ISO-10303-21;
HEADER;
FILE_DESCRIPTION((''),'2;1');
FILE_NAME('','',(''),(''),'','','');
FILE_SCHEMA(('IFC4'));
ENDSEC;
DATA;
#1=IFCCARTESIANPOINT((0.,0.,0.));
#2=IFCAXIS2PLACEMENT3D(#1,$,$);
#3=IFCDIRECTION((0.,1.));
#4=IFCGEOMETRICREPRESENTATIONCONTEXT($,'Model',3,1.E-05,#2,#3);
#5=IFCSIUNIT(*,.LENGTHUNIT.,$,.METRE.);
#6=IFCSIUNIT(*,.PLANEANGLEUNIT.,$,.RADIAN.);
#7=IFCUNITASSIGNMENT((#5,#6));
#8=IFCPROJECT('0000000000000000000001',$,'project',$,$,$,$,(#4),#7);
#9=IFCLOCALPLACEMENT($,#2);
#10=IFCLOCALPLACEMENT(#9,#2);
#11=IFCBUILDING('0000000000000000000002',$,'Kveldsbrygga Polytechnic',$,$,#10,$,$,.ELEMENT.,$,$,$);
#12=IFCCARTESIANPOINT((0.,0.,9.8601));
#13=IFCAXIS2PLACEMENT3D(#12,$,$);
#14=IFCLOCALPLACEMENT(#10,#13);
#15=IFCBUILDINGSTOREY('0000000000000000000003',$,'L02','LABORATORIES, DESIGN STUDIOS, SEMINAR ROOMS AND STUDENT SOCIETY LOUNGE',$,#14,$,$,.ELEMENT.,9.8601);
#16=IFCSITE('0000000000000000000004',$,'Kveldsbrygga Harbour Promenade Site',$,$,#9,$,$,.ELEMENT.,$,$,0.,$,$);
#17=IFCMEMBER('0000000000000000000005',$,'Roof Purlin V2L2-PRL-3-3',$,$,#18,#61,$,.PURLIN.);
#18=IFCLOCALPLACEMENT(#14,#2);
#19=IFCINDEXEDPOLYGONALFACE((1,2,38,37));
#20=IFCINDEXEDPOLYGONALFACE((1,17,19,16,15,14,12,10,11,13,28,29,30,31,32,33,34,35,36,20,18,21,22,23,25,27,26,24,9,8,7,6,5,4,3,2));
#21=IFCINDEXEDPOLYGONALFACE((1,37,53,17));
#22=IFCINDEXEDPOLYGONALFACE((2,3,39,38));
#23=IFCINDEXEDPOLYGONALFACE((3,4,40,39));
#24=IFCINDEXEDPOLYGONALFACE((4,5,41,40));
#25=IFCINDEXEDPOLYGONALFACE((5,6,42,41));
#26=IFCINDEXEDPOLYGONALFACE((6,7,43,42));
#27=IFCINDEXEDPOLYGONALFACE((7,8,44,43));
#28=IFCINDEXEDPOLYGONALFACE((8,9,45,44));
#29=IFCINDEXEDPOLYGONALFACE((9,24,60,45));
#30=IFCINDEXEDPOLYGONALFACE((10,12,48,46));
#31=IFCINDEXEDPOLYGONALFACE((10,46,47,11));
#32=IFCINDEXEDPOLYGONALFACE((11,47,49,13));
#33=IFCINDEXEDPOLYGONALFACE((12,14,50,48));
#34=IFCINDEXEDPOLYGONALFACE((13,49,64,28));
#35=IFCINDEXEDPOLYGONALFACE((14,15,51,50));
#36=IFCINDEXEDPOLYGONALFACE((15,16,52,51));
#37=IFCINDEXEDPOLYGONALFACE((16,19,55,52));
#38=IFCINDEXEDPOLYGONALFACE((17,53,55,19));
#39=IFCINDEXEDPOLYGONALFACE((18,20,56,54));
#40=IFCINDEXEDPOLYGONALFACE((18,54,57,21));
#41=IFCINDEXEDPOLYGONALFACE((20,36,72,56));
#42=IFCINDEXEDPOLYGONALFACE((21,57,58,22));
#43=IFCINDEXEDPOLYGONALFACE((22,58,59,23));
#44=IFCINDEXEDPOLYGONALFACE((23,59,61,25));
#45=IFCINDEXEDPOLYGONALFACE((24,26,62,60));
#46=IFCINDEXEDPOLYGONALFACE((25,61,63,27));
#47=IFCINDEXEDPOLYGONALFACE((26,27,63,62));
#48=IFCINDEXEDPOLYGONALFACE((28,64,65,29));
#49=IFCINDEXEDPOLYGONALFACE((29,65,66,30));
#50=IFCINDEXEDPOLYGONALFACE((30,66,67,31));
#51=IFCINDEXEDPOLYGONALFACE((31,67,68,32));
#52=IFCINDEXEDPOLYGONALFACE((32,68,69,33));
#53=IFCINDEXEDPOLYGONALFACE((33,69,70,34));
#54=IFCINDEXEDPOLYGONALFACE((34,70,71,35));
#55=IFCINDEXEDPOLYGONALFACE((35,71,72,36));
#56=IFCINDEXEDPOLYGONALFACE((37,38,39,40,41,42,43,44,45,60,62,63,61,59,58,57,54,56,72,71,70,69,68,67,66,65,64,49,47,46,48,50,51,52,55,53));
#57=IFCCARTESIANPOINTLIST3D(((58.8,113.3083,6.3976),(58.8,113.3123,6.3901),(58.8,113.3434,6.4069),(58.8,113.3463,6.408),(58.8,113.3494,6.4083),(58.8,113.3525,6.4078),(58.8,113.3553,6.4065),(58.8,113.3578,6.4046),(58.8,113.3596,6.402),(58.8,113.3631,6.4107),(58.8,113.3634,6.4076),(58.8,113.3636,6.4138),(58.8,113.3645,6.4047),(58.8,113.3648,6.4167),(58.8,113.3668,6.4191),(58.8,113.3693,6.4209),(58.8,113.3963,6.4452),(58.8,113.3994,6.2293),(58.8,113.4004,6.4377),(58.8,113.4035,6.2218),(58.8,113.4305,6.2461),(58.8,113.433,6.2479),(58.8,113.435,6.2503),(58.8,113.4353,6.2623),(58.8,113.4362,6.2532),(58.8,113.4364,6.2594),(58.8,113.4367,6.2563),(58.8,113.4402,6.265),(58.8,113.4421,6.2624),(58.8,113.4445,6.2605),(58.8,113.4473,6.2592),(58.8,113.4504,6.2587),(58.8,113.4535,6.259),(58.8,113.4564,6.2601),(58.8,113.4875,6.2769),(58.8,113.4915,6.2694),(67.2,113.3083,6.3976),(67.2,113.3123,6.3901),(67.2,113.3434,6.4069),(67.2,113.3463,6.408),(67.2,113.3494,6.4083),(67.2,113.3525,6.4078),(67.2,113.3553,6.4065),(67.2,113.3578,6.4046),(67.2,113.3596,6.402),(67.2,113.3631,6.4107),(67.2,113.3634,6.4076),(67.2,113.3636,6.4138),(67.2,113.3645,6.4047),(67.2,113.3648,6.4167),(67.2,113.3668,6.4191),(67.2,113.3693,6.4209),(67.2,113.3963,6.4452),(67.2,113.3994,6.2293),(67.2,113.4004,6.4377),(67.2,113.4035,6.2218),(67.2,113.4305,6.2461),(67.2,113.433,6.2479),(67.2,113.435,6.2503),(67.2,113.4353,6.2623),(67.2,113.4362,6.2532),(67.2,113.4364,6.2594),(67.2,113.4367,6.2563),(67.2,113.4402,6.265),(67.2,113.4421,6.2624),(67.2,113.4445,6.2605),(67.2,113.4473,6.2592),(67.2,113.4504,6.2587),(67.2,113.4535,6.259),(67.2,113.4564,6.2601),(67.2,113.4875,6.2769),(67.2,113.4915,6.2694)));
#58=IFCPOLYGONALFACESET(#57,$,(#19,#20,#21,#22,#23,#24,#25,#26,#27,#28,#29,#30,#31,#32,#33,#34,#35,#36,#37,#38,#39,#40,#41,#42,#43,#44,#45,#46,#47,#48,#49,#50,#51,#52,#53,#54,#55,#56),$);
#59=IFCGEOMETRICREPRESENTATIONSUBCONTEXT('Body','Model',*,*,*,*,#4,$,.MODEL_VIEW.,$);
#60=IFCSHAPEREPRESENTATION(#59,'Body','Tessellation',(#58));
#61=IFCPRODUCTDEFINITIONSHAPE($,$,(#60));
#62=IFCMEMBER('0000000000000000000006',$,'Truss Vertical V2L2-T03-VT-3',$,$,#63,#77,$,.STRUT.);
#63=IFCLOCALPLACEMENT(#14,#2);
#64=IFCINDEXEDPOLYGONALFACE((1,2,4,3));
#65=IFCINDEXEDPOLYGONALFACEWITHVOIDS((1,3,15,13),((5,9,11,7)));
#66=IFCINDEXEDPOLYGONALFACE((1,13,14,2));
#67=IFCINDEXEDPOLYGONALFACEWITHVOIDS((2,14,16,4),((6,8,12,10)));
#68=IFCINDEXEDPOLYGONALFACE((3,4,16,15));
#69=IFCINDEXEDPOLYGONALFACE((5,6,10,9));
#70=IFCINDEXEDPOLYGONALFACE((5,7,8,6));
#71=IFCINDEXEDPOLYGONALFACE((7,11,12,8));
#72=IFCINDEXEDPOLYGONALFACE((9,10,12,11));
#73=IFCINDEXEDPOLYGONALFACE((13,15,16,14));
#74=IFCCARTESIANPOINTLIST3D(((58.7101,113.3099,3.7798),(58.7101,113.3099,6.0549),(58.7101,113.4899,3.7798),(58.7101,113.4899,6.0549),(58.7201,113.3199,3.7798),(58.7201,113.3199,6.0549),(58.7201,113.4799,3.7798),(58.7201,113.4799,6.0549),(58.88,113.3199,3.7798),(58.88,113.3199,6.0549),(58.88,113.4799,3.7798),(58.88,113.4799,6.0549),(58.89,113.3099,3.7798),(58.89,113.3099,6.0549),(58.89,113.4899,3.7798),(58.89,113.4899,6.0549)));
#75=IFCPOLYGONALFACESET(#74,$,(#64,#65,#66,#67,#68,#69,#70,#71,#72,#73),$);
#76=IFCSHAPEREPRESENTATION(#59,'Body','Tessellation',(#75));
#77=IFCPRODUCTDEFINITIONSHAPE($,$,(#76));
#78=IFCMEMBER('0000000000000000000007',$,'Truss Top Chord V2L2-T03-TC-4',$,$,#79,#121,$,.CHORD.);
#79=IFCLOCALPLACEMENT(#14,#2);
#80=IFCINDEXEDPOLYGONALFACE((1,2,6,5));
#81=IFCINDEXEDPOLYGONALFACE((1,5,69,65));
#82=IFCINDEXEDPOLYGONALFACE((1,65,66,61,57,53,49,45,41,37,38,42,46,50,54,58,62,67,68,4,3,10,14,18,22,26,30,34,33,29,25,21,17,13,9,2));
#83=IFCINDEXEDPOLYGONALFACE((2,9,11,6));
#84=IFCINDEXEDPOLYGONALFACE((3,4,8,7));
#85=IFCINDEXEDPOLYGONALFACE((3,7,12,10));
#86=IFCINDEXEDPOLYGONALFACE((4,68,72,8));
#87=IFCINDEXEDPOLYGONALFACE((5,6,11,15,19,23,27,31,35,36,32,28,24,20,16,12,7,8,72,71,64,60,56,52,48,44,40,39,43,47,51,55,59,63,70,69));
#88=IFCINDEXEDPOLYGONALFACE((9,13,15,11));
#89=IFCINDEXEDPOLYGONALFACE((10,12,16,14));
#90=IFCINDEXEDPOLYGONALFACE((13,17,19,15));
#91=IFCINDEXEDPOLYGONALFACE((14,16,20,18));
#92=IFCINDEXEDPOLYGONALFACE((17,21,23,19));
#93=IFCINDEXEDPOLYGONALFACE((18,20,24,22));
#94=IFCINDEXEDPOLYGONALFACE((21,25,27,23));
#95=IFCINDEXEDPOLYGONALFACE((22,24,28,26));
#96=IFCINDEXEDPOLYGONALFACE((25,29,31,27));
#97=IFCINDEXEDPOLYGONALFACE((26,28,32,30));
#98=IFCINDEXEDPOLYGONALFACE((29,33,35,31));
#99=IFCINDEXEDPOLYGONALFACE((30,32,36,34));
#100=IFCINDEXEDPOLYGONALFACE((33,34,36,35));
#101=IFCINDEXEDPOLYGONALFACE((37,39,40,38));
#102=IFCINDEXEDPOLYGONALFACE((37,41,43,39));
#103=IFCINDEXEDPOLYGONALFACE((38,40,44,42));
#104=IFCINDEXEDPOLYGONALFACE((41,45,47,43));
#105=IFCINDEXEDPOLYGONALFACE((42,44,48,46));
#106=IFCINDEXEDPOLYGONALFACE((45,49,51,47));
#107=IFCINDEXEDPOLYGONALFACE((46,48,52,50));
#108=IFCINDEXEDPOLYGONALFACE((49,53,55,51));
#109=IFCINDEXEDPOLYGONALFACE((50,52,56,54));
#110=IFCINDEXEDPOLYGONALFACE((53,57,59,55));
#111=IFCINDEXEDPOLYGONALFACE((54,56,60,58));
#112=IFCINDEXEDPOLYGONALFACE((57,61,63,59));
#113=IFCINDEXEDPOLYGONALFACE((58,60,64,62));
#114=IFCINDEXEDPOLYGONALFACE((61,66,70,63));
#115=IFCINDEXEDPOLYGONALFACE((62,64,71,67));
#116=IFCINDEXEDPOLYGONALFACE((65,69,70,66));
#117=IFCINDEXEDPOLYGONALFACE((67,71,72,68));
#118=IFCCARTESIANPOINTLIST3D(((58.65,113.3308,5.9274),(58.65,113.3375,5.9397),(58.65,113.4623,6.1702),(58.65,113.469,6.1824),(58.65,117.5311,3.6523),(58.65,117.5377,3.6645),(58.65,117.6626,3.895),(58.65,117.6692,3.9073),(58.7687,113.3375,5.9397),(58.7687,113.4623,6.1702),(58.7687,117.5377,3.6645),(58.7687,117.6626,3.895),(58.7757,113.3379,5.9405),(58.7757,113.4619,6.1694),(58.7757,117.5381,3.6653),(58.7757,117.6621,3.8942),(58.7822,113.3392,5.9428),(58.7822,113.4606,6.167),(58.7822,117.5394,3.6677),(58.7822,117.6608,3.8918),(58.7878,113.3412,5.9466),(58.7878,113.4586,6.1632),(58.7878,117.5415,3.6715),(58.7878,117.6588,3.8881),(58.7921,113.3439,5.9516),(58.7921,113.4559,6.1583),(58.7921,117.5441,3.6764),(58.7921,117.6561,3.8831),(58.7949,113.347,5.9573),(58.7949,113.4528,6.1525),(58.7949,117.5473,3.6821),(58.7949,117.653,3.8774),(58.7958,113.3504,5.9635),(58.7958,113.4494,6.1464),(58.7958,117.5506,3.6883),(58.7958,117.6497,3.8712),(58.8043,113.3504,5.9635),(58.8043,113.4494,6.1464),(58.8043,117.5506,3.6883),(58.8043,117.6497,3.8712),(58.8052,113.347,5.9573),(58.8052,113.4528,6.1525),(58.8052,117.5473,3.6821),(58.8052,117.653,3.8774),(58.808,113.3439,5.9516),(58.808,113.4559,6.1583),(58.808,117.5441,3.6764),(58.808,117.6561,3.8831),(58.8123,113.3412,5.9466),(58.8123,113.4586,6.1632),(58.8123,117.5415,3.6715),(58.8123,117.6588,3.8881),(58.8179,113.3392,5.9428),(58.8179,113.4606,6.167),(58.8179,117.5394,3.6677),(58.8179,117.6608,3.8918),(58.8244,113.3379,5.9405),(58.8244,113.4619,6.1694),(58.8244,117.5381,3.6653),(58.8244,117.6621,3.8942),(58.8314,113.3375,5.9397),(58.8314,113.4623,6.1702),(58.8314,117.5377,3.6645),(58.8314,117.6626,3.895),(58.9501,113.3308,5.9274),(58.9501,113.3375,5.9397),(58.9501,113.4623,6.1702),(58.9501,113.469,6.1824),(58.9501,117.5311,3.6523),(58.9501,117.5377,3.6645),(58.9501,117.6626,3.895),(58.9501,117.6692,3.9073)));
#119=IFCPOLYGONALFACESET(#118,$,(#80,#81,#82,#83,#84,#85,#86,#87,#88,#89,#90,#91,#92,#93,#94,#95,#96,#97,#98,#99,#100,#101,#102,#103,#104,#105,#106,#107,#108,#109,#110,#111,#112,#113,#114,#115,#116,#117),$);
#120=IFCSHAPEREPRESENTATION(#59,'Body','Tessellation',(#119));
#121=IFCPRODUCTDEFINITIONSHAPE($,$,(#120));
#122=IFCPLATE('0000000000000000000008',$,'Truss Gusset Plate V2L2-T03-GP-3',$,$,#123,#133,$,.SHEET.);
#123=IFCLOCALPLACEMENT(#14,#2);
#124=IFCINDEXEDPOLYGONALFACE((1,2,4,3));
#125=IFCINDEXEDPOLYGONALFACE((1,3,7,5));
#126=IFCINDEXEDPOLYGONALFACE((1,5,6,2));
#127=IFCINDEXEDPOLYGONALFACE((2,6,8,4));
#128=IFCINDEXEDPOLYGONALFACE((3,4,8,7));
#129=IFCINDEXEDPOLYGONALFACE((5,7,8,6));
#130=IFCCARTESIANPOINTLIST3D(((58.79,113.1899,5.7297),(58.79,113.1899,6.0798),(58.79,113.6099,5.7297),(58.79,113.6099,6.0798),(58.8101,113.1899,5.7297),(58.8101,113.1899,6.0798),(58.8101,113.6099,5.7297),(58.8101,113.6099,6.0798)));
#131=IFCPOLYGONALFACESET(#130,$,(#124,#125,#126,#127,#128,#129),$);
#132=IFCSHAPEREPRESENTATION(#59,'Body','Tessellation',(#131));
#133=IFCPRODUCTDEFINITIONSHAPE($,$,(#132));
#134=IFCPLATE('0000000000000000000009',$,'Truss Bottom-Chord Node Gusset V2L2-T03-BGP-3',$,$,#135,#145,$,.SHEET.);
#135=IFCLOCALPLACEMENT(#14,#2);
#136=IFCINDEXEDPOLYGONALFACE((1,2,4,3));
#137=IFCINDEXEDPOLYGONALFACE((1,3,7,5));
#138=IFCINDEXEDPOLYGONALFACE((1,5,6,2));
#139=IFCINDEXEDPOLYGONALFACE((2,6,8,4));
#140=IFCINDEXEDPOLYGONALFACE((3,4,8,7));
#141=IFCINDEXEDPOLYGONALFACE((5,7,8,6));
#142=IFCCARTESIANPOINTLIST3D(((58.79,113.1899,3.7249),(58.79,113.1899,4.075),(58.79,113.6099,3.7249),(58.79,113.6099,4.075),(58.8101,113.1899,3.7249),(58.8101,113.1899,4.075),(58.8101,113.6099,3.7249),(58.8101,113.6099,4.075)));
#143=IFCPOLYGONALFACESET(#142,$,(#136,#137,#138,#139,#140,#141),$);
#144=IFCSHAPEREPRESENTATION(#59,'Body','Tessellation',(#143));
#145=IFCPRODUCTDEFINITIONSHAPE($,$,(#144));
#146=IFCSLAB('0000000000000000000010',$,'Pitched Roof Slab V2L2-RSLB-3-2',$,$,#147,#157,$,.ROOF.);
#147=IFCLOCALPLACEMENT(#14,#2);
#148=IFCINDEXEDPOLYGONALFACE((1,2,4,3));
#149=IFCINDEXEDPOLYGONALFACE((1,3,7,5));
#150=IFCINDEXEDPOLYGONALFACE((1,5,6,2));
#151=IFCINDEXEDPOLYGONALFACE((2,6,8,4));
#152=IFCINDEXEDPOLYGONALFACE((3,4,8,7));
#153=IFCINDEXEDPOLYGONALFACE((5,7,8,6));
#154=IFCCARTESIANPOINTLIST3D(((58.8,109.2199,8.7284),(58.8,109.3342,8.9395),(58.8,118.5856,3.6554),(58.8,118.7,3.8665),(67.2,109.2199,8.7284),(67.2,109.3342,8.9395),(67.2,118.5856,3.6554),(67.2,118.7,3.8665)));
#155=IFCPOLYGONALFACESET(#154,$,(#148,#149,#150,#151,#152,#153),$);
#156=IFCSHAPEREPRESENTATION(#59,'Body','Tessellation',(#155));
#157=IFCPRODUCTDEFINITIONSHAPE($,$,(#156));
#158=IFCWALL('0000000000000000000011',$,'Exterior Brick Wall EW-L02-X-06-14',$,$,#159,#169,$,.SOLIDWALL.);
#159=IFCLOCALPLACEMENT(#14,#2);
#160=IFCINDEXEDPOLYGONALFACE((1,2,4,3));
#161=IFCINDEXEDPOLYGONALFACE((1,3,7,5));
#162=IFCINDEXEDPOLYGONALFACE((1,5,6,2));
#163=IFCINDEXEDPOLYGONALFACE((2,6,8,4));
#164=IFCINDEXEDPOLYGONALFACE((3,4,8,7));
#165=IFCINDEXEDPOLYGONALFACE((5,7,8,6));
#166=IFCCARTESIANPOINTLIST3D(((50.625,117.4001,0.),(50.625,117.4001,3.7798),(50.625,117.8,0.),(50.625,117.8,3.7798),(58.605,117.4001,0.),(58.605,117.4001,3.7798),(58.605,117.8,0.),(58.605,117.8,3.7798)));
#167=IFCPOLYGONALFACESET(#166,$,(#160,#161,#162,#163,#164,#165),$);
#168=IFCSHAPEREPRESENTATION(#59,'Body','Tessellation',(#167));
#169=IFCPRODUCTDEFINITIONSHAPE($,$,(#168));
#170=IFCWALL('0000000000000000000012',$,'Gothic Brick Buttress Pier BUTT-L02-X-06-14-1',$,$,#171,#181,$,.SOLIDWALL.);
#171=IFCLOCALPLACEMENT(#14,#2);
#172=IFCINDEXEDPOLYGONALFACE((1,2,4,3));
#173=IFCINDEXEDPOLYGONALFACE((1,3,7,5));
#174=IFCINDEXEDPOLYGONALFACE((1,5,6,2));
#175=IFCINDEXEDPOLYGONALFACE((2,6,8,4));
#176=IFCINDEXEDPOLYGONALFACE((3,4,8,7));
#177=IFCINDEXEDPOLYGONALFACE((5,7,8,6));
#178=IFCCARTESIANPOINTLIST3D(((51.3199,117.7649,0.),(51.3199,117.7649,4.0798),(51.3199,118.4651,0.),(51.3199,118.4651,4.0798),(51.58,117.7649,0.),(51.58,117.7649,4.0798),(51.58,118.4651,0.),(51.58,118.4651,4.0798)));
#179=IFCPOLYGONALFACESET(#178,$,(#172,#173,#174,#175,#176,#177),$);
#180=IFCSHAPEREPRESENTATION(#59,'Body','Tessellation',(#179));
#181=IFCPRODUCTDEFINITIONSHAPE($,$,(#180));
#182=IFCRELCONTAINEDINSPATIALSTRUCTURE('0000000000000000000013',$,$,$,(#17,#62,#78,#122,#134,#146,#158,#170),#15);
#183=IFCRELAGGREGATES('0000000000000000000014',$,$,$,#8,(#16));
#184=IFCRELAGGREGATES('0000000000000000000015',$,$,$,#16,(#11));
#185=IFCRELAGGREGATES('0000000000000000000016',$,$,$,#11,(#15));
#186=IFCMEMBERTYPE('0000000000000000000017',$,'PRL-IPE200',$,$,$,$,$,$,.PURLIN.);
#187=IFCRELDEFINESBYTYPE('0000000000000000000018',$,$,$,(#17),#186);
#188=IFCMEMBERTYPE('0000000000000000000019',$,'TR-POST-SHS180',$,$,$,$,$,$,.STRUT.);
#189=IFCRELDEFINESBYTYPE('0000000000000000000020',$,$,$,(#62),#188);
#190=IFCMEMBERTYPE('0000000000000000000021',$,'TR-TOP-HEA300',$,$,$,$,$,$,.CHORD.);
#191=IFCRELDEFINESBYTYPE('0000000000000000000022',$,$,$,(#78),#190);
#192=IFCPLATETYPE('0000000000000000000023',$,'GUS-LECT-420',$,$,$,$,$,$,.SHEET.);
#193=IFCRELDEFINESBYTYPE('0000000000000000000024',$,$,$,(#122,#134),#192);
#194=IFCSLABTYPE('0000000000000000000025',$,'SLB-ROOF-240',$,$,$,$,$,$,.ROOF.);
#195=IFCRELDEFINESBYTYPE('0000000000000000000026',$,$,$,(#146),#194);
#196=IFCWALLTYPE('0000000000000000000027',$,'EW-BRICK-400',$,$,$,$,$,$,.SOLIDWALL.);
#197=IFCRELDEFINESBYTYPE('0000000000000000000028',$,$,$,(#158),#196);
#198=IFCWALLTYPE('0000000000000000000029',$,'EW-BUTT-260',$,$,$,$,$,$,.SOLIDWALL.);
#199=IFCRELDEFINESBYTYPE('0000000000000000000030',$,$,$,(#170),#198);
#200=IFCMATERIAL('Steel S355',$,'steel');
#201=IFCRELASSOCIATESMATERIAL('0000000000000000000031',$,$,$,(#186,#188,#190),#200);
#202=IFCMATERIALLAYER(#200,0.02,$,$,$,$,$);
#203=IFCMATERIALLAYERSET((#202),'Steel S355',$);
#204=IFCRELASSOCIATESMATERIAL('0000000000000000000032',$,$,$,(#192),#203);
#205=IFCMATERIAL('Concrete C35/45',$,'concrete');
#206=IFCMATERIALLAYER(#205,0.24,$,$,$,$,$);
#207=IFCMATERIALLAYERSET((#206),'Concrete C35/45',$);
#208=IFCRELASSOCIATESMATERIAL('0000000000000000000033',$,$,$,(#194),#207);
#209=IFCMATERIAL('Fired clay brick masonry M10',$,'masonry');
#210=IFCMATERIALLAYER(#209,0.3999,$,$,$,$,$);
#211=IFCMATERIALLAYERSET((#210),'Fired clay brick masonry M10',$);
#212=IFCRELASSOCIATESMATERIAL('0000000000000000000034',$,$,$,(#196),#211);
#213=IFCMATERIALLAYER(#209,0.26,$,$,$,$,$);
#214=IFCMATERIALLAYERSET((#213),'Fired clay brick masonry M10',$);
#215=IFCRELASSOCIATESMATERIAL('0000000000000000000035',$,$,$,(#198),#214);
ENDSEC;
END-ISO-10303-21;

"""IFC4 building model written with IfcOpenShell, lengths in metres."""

from ifc_helpers import new_model, si_unit, direction, frame, frame_2d, origin, origin_2d, place, context, subcontext, project, spatial, polyline, rectangle, hollow_rectangle, i_section, outline, extrude, material, layer, layer_set, material_profile, profile_set, type_object, element, save


model = new_model("IFC4")

# Units and contexts
model_context = context("Model", 3, precision=1e-05, world=origin(), true_north=direction((0.0, 1.0)))
body_context = subcontext(model_context, "Body", "Model", "MODEL_VIEW")
ifc_project = project(units=[si_unit("LENGTHUNIT", "METRE"), si_unit("PLANEANGLEUNIT", "RADIAN")], contexts=[model_context])

# Site, building, storey
site_placement = place(None, origin())
site = spatial("IfcSite", under=ifc_project, at=site_placement, Name="Kveldsbrygga Harbour Promenade Site", CompositionType="ELEMENT", RefElevation=0.0)
building_placement = place(site_placement, origin())
building = spatial("IfcBuilding", under=site, at=building_placement, Name="Kveldsbrygga Polytechnic", CompositionType="ELEMENT")
storey_placement = place(building_placement, frame((0.0, 0.0, 9.8601)))
storey = spatial("IfcBuildingStorey", under=building, at=storey_placement, Name="L02", Description="LABORATORIES, DESIGN STUDIOS, SEMINAR ROOMS AND STUDENT SOCIETY LOUNGE", CompositionType="ELEMENT", Elevation=9.8601)

# Members
ifc_material_1 = material(Name="Steel S355", Category="steel")
ifc_material_profile_1 = material_profile(ifc_material_1, i_section(OverallWidth=0.1001, OverallDepth=0.2, WebThickness=0.0056, FlangeThickness=0.0085, FilletRadius=0.012, at=origin_2d()), Name="IPE 200")
ifc_profile_set_1 = profile_set([ifc_material_profile_1], Name="Steel S355")
member_type_1 = type_object("IfcMemberType", Name="PRL-IPE200", PredefinedType="PURLIN", material=ifc_profile_set_1)
member_1_placement = place(storey_placement, frame((58.8, 113.3999, 6.3335), z_axis=(1.0, 0.0, 0.0), x_axis=(0.0, 0.879292, 0.476283)))
element("IfcMember", 1, at=member_1_placement, inside=storey, type_object=member_type_1, Name="Roof Purlin V2L2-PRL-3-3", PredefinedType="PURLIN", context=body_context, shape_type="SweptSolid", body=[
    extrude(i_section(OverallWidth=0.1001, OverallDepth=0.2, WebThickness=0.0056, FlangeThickness=0.0085, FilletRadius=0.012, at=origin_2d()), origin(), (0.0, 0.0, 1.0), 8.3999),
])
ifc_material_profile_2 = material_profile(ifc_material_1, hollow_rectangle(XDim=0.1799, YDim=0.1799, WallThickness=0.01, at=origin_2d()), Name="SHS 180x180x10.0")
ifc_profile_set_2 = profile_set([ifc_material_profile_2], Name="Steel S355")
member_type_2 = type_object("IfcMemberType", Name="TR-POST-SHS180", PredefinedType="STRUT", material=ifc_profile_set_2)
member_2_placement = place(storey_placement, frame((58.8, 113.3999, 3.7798), z_axis=(0.0, 0.0, 1.0), x_axis=(1.0, 0.0, 0.0)))
element("IfcMember", 2, at=member_2_placement, inside=storey, type_object=member_type_2, Name="Truss Vertical V2L2-T03-VT-3", PredefinedType="STRUT", context=body_context, shape_type="SweptSolid", body=[
    extrude(hollow_rectangle(XDim=0.1799, YDim=0.1799, WallThickness=0.01, at=origin_2d()), origin(), (0.0, 0.0, 1.0), 2.2751),
])
ifc_material_profile_3 = material_profile(ifc_material_1, i_section(OverallWidth=0.3, OverallDepth=0.29, WebThickness=0.0085, FlangeThickness=0.0139, FilletRadius=0.0271, at=origin_2d()), Name="HEA 300")
ifc_profile_set_3 = profile_set([ifc_material_profile_3], Name="Steel S355")
member_type_3 = type_object("IfcMemberType", Name="TR-TOP-HEA300", PredefinedType="CHORD", material=ifc_profile_set_3)
member_3_placement = place(storey_placement, frame((58.8, 113.3999, 6.0549), z_axis=(0.0, 0.879288, -0.47629), x_axis=(-1.0, 0.0, 0.0)))
element("IfcMember", 3, at=member_3_placement, inside=storey, type_object=member_type_3, Name="Truss Top Chord V2L2-T03-TC-4", PredefinedType="CHORD", context=body_context, shape_type="SweptSolid", body=[
    extrude(i_section(OverallWidth=0.3, OverallDepth=0.29, WebThickness=0.0085, FlangeThickness=0.0139, FilletRadius=0.0271, at=origin_2d()), origin(), (0.0, 0.0, 1.0), 4.7769),
])

# Plates
ifc_layer_1 = layer(ifc_material_1, 0.02)
ifc_layer_set_1 = layer_set([ifc_layer_1], Name="Steel S355")
plate_type = type_object("IfcPlateType", Name="GUS-LECT-420", PredefinedType="SHEET", material=ifc_layer_set_1)
for number, where, z_axis, x_axis, name in (
    (4, (58.8, 113.3999, 5.7297), (0.0, 0.0, 1.0), (1.0, 0.0, 0.0), "Truss Gusset Plate V2L2-T03-GP-3"),
    (5, (58.8, 113.3999, 3.7249), (0.0, 0.0, 1.0), (1.0, 0.0, 0.0), "Truss Bottom-Chord Node Gusset V2L2-T03-BGP-3"),
):
    element("IfcPlate", number, at=place(storey_placement, frame(where, z_axis=z_axis, x_axis=x_axis)), inside=storey, type_object=plate_type, Name=name, PredefinedType="SHEET", context=body_context, shape_type="SweptSolid", body=[
        extrude(rectangle(XDim=0.02, YDim=0.4199, at=origin_2d()), origin(), (0.0, 0.0, 1.0), 0.3501),
    ])

# Slab
ifc_material_2 = material(Name="Concrete C35/45", Category="concrete")
ifc_layer_2 = layer(ifc_material_2, 0.24)
ifc_layer_set_2 = layer_set([ifc_layer_2], Name="Concrete C35/45")
slab_type = type_object("IfcSlabType", Name="SLB-ROOF-240", PredefinedType="ROOF", material=ifc_layer_set_2)
slab_placement = place(storey_placement, frame((58.8, 109.3342, 8.9395), z_axis=(0.0, 0.476276, 0.879296), x_axis=(1.0, 0.0, 0.0)))
element("IfcSlab", 6, at=slab_placement, inside=storey, type_object=slab_type, Name="Pitched Roof Slab V2L2-RSLB-3-2", PredefinedType="ROOF", context=body_context, shape_type="SweptSolid", body=[
    extrude(outline(polyline([(0.0, 0.0), (8.3999, 0.0), (8.3999, 10.6514), (0.0, 10.6514), (0.0, 0.0)])), origin(), (0.0, 0.0, -1.0), 0.24),
])

# Walls
ifc_material_3 = material(Name="Fired clay brick masonry M10", Category="masonry")
ifc_layer_3 = layer(ifc_material_3, 0.3999)
ifc_layer_set_3 = layer_set([ifc_layer_3], Name="Fired clay brick masonry M10")
wall_type_1 = type_object("IfcWallType", Name="EW-BRICK-400", PredefinedType="SOLIDWALL", material=ifc_layer_set_3)
wall_placement = place(storey_placement, frame((50.625, 117.6001, 0.0), z_axis=(0.0, 0.0, 1.0), x_axis=(1.0, 0.0, 0.0)))
element("IfcWall", 7, at=wall_placement, inside=storey, type_object=wall_type_1, Name="Exterior Brick Wall EW-L02-X-06-14", PredefinedType="SOLIDWALL", context=body_context, shape_type="SweptSolid", body=[
    extrude(rectangle(XDim=7.98, YDim=0.3999, at=frame_2d((3.99, 0.0))), origin(), (0.0, 0.0, 1.0), 3.7798),
])
ifc_layer_4 = layer(ifc_material_3, 0.26)
ifc_layer_set_4 = layer_set([ifc_layer_4], Name="Fired clay brick masonry M10")
wall_type_2 = type_object("IfcWallType", Name="EW-BUTT-260", PredefinedType="SOLIDWALL", material=ifc_layer_set_4)
for number, where, z_axis, x_axis, name in (
    (8, (51.45, 117.7649, 0.0), (0.0, 0.0, 1.0), (0.0, 1.0, 0.0), "Gothic Brick Buttress Pier BUTT-L02-X-06-14-1"),
):
    element("IfcWall", number, at=place(storey_placement, frame(where, z_axis=z_axis, x_axis=x_axis)), inside=storey, type_object=wall_type_2, Name=name, PredefinedType="SOLIDWALL", context=body_context, shape_type="SweptSolid", body=[
        extrude(rectangle(XDim=0.7002, YDim=0.26, at=frame_2d((0.3501, 0.0))), origin(), (0.0, 0.0, 1.0), 4.0798),
    ])

save(model, "model.ifc")
